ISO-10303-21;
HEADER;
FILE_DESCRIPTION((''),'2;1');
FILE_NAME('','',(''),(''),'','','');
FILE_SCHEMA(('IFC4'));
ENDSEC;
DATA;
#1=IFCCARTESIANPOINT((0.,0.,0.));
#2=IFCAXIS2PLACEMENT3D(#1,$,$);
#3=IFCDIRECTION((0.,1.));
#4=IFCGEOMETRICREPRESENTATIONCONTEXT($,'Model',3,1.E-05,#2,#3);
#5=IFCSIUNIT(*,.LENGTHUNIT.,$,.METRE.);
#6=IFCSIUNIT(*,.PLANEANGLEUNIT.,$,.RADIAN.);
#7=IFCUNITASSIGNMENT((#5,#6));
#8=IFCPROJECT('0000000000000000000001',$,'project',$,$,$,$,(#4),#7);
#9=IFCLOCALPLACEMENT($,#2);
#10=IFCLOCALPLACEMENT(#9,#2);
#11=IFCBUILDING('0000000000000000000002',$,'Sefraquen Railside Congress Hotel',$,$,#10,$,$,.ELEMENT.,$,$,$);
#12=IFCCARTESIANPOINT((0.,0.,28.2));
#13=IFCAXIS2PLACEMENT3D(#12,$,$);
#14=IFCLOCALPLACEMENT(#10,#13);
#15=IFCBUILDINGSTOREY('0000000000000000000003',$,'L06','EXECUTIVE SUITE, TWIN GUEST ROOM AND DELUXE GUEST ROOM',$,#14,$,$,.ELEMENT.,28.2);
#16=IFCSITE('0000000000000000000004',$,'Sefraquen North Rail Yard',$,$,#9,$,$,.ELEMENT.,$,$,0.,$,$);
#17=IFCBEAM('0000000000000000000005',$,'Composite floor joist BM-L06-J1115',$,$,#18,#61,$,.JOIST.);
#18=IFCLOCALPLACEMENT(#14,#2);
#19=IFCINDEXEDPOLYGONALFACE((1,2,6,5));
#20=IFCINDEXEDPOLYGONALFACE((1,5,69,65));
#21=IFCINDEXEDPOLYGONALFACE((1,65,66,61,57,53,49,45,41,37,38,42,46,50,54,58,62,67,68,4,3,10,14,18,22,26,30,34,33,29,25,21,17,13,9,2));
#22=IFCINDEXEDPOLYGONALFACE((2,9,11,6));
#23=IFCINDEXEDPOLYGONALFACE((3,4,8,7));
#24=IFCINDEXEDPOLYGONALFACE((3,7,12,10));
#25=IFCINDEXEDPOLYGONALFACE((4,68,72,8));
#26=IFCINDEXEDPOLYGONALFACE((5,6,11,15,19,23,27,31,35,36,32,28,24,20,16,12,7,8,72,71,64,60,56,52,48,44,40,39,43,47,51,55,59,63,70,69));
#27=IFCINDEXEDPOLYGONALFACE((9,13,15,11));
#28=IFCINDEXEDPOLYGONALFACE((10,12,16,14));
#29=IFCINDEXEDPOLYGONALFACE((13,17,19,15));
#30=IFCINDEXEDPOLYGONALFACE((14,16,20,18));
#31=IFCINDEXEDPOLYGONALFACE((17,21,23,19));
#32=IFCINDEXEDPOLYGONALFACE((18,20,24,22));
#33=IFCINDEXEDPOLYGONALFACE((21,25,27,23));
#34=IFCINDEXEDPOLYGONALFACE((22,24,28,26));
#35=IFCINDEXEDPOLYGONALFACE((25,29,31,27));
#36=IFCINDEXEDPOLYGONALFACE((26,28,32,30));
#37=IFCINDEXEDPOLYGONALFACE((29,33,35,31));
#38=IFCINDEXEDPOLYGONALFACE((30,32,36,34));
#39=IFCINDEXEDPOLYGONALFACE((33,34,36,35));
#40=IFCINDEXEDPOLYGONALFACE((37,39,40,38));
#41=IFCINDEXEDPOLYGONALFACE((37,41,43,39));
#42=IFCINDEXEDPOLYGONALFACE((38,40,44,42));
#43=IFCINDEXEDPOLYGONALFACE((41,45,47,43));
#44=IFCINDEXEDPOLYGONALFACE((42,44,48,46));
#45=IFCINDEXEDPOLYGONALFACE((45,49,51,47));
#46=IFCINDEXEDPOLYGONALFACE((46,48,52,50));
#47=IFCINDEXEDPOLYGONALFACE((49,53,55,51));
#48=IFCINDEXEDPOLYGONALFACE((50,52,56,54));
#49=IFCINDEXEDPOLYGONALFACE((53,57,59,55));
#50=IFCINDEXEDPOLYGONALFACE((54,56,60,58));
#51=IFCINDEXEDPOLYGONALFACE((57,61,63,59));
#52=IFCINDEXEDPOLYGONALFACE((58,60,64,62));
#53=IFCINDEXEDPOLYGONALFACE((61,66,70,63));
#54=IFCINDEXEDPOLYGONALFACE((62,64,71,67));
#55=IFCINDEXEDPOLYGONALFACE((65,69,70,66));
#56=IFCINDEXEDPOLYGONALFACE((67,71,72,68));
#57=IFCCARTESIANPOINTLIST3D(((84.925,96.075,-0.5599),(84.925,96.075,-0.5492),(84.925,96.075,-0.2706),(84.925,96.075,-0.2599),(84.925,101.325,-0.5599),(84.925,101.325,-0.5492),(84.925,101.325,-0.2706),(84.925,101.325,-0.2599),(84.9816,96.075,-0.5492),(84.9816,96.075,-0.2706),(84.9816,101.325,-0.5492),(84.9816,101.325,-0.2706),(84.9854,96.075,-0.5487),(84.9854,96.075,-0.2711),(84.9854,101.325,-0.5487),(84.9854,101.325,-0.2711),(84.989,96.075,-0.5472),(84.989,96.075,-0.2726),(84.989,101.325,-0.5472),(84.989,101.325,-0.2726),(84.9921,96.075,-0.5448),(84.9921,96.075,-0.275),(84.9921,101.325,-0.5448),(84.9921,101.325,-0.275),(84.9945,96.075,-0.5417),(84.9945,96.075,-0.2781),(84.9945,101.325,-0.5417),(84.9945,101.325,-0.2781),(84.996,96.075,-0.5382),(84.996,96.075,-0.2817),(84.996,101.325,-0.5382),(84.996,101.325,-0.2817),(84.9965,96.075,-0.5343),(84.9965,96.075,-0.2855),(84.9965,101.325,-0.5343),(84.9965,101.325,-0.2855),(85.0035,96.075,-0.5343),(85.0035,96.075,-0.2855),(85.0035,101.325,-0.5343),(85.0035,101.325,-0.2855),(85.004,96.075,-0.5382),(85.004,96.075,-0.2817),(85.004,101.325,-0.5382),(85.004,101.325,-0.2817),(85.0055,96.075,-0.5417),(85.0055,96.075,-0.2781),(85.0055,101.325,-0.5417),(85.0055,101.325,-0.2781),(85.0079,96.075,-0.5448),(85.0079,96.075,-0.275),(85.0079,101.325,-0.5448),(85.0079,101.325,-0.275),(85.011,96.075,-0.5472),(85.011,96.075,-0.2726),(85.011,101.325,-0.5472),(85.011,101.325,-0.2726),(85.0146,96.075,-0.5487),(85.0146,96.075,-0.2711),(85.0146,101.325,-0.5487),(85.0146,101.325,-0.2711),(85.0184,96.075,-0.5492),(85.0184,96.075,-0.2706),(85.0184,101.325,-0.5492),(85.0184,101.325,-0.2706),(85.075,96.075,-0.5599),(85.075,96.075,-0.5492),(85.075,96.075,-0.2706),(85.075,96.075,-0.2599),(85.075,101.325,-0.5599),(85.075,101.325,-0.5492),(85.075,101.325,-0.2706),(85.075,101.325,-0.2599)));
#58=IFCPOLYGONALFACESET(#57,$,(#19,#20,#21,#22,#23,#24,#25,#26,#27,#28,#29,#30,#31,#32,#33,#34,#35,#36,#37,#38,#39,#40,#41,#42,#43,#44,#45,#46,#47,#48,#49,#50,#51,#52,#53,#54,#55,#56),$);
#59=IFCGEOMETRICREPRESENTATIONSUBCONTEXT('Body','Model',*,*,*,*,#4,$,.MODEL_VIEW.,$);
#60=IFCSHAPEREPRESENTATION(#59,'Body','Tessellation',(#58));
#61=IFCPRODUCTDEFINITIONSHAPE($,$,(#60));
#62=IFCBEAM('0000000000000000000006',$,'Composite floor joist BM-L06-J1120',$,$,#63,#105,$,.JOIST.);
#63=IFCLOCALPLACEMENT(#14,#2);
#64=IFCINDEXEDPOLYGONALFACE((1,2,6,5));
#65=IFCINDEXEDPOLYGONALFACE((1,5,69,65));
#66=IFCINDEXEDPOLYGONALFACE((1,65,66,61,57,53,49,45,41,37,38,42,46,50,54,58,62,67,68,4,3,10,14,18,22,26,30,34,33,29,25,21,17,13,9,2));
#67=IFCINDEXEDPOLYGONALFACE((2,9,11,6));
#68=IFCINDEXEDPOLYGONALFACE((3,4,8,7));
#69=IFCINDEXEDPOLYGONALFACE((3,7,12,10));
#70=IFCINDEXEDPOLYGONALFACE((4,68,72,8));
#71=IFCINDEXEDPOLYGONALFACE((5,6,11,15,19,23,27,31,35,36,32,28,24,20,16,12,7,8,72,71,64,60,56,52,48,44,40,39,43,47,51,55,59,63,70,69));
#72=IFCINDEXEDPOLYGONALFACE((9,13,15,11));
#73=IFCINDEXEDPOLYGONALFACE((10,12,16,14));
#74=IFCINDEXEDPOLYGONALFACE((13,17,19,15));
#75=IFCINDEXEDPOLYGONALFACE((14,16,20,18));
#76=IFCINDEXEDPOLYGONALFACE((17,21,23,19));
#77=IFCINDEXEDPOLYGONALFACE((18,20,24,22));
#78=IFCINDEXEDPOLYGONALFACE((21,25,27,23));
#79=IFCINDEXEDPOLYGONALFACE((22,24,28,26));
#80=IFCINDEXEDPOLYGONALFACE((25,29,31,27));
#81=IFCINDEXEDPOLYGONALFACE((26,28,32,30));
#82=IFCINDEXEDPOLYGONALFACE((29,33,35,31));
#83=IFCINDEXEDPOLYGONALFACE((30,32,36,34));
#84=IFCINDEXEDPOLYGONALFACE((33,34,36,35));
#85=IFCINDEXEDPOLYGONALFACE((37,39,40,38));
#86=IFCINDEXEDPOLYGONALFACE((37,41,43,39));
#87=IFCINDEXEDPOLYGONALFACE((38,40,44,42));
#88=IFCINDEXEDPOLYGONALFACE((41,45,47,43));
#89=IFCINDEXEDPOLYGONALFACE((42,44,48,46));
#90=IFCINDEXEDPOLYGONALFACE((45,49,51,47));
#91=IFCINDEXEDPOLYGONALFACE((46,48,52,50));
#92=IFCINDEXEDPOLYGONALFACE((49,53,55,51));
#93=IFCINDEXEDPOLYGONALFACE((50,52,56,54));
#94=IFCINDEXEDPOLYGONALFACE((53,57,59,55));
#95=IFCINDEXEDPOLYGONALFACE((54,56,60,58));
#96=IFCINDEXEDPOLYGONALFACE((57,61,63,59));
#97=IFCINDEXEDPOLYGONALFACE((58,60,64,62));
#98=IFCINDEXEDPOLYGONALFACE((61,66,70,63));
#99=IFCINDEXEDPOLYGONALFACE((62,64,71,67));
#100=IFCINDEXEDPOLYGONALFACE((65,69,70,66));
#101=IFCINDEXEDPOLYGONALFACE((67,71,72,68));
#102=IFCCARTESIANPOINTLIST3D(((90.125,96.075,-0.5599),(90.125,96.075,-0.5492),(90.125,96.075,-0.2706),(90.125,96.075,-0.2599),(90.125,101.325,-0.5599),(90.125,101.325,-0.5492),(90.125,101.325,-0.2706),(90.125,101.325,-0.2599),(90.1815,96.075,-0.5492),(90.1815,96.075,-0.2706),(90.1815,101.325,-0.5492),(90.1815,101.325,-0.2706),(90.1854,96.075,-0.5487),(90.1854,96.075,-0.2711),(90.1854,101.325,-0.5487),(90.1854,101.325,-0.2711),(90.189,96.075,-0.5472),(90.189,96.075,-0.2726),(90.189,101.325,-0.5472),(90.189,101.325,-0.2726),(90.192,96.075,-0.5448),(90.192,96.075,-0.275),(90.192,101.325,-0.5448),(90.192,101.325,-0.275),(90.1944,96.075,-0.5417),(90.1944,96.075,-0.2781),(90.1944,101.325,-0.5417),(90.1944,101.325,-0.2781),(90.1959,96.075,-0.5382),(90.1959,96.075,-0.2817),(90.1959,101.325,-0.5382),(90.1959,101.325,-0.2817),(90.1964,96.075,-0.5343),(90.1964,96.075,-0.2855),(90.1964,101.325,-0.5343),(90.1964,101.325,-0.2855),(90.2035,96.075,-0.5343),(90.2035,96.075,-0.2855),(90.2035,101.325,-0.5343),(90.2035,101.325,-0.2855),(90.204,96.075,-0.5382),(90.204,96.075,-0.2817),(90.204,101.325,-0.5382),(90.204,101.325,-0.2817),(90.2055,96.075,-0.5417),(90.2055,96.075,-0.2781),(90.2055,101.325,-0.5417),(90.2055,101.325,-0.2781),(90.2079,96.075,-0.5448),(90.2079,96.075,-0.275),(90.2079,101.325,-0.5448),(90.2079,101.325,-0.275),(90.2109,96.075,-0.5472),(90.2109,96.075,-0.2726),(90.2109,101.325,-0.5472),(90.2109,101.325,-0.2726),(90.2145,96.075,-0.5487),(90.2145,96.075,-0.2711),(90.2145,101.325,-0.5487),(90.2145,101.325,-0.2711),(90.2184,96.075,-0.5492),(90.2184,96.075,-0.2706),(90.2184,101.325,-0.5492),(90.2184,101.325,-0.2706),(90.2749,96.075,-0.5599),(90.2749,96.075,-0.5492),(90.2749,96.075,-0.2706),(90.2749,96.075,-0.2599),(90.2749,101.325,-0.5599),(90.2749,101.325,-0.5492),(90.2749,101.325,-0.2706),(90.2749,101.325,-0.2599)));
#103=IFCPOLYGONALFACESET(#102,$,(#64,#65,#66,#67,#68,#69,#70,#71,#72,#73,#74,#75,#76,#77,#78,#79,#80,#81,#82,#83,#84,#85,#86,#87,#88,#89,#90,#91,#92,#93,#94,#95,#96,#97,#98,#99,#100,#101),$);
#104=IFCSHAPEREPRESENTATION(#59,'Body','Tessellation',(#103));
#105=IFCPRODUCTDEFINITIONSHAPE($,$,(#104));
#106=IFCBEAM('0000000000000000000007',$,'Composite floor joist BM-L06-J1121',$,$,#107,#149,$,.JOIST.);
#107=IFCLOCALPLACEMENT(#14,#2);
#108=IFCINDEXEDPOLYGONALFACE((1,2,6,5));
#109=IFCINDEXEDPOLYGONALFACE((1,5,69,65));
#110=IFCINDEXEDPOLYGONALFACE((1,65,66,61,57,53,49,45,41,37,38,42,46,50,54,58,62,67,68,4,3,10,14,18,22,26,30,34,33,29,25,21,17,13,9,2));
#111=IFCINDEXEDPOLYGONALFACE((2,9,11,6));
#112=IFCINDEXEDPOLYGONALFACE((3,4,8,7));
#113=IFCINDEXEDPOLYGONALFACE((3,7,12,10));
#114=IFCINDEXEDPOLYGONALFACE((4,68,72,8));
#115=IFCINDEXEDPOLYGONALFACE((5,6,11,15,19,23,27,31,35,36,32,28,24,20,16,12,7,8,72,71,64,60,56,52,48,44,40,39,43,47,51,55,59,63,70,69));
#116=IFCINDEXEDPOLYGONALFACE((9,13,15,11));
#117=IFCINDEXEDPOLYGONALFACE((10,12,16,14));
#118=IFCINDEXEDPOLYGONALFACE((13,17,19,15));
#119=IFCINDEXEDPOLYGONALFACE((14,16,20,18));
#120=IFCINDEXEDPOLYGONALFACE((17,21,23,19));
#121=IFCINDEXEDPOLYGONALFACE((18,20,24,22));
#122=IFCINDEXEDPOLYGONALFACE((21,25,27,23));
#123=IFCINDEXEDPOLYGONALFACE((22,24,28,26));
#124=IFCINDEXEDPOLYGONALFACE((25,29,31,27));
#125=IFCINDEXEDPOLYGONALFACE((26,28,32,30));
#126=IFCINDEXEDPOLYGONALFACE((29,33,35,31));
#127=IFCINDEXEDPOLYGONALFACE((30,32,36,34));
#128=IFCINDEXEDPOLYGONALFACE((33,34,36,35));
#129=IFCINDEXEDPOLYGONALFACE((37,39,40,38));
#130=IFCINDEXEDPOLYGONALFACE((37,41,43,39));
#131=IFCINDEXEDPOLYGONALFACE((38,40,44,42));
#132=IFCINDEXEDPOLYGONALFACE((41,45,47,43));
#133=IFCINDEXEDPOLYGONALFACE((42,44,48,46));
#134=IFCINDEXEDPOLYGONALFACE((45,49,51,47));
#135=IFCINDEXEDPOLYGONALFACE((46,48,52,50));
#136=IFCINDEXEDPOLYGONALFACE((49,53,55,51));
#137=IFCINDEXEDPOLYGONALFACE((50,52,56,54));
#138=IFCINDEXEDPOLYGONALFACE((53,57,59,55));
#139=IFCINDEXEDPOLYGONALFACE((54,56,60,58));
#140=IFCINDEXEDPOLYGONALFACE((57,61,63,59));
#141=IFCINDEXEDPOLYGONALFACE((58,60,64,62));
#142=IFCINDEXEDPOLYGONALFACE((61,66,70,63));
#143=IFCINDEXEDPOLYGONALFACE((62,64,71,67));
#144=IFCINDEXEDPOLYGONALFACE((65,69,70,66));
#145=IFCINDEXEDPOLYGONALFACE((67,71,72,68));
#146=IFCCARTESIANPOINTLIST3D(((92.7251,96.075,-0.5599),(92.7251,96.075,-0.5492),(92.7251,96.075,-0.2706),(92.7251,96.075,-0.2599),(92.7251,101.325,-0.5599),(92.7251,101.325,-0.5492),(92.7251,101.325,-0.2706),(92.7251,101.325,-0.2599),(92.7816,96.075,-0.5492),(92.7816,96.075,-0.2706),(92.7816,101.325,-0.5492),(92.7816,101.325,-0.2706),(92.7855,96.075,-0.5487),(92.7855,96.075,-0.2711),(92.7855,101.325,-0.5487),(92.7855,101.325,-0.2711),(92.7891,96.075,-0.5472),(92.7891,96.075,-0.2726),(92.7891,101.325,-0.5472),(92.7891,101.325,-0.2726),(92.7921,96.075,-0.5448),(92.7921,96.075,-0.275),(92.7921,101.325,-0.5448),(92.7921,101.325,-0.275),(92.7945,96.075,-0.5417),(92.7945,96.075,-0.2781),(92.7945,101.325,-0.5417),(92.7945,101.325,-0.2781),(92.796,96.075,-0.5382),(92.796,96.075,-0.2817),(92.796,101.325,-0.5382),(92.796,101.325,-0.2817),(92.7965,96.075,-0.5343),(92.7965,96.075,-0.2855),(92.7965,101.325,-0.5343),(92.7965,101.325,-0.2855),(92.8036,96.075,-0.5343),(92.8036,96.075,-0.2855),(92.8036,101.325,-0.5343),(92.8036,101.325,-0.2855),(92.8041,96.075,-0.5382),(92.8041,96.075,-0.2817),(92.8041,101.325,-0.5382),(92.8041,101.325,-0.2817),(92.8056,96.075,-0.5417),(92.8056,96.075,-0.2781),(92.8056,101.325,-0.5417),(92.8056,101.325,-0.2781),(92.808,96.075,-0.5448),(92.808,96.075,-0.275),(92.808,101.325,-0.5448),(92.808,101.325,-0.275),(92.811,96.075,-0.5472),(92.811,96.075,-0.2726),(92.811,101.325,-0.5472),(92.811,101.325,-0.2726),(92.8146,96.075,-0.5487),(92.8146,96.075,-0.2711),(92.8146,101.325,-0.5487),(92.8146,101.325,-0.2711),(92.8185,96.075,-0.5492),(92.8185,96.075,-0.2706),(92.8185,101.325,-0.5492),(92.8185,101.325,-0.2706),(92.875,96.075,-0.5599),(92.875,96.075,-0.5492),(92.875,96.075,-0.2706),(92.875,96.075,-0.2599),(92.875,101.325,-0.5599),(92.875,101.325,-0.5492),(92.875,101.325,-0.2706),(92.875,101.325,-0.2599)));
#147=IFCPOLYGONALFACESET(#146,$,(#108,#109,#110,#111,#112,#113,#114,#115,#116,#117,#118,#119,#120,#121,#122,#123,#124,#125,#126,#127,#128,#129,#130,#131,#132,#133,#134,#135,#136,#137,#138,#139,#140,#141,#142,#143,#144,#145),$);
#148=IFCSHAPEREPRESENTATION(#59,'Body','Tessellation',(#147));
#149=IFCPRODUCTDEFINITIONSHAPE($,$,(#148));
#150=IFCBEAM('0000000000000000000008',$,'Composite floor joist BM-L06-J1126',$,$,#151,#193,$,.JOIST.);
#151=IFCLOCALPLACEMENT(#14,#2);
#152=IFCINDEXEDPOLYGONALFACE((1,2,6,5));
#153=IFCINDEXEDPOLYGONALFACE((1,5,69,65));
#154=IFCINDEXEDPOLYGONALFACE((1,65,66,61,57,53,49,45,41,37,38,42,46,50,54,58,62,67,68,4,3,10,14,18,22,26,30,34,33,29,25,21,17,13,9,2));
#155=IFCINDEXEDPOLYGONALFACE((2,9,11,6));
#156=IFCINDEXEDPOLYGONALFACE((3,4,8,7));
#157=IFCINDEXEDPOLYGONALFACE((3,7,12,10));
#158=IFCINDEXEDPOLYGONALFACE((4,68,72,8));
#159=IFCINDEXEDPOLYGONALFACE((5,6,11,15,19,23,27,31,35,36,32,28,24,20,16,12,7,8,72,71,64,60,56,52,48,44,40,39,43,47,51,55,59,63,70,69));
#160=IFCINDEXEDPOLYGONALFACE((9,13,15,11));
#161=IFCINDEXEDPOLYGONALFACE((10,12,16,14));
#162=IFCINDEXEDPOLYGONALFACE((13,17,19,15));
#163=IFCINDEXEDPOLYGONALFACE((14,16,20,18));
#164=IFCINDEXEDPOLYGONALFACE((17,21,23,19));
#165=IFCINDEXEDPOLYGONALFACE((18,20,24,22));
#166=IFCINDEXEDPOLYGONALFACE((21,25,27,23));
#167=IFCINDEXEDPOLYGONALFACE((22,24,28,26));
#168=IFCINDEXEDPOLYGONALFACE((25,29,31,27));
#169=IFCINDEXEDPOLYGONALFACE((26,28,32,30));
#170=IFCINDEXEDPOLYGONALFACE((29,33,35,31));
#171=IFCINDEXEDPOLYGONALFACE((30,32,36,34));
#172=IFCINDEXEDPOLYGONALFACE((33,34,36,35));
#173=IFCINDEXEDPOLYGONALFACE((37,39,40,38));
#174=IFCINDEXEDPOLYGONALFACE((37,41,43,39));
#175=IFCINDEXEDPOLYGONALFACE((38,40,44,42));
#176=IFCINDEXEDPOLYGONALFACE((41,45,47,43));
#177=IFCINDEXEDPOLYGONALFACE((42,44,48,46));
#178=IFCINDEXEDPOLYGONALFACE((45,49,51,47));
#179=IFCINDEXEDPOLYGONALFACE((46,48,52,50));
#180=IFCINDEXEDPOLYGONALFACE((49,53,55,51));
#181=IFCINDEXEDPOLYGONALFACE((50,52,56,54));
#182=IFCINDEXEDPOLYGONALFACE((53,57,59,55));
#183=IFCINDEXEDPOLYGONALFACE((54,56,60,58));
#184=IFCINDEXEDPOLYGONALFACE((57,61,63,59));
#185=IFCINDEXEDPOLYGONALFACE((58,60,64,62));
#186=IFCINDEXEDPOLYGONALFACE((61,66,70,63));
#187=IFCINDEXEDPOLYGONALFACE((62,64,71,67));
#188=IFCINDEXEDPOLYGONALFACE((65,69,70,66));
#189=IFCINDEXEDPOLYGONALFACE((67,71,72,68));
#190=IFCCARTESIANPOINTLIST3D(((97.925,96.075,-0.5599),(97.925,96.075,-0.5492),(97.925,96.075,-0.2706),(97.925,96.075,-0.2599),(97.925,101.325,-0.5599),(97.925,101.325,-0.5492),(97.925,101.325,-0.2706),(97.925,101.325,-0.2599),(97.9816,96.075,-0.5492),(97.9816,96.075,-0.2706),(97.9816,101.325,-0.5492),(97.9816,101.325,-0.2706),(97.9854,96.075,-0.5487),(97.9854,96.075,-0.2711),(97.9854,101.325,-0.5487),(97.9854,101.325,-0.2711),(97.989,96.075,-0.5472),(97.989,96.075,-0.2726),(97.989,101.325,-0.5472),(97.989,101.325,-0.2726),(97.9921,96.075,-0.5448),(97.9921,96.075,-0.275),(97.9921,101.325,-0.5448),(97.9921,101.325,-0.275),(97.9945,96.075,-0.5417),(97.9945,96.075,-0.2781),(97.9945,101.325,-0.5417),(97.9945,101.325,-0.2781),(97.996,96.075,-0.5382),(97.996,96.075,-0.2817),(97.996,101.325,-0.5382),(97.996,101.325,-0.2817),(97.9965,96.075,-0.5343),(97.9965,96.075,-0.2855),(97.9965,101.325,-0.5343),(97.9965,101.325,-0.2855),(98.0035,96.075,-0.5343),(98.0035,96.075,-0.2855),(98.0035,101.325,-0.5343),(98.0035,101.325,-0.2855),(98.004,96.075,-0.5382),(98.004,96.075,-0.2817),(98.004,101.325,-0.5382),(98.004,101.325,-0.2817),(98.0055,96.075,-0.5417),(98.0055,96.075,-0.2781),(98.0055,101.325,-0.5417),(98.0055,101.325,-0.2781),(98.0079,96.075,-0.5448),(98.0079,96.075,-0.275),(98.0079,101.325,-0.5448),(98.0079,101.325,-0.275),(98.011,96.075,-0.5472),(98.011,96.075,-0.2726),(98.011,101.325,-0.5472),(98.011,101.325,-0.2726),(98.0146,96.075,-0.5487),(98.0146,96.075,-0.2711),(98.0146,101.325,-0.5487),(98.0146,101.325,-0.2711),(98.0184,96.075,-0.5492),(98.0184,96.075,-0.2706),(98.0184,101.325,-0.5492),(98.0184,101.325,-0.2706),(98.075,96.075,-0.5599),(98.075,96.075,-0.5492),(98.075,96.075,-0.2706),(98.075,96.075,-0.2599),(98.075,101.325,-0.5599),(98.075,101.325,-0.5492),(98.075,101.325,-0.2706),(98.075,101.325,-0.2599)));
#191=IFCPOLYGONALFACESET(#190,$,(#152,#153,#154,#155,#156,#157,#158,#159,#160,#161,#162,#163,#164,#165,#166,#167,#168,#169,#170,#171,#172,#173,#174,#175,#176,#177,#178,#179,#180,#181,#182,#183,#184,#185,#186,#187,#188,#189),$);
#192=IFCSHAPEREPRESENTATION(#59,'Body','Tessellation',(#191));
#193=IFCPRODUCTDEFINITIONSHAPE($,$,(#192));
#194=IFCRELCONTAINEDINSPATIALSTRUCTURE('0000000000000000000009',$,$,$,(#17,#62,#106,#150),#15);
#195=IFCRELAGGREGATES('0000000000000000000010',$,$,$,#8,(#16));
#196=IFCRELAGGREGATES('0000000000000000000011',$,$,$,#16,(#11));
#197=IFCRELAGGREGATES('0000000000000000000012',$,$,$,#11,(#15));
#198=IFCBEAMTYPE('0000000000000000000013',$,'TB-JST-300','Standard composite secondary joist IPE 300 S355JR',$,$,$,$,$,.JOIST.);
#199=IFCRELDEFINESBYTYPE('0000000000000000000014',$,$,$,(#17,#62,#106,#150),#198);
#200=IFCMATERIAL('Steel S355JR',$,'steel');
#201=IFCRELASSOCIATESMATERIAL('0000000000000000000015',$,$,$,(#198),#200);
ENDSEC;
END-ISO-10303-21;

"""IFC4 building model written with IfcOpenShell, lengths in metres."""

from ifc_helpers import new_model, si_unit, direction, frame, origin, origin_2d, place, context, subcontext, project, spatial, i_section, extrude, material, material_profile, profile_set, type_object, element, save


model = new_model("IFC4")

# Units and contexts
model_context = context("Model", 3, precision=1e-05, world=origin(), true_north=direction((0.0, 1.0)))
body_context = subcontext(model_context, "Body", "Model", "MODEL_VIEW")
ifc_project = project(units=[si_unit("LENGTHUNIT", "METRE"), si_unit("PLANEANGLEUNIT", "RADIAN")], contexts=[model_context])

# Site, building, storey
site_placement = place(None, origin())
site = spatial("IfcSite", under=ifc_project, at=site_placement, Name="Sefraquen North Rail Yard", CompositionType="ELEMENT", RefElevation=0.0)
building_placement = place(site_placement, origin())
building = spatial("IfcBuilding", under=site, at=building_placement, Name="Sefraquen Railside Congress Hotel", CompositionType="ELEMENT")
storey_placement = place(building_placement, frame((0.0, 0.0, 28.2)))
storey = spatial("IfcBuildingStorey", under=building, at=storey_placement, Name="L06", Description="EXECUTIVE SUITE, TWIN GUEST ROOM AND DELUXE GUEST ROOM", CompositionType="ELEMENT", Elevation=28.2)

# Shared definitions
ifc_material_1 = material(Name="Steel S355JR", Category="steel")

# Beams
ifc_material_profile_1 = material_profile(ifc_material_1, i_section(OverallWidth=0.1499, OverallDepth=0.3, WebThickness=0.0071, FlangeThickness=0.0107, FilletRadius=0.0149, at=origin_2d()), Name="IPE 300")
ifc_profile_set_1 = profile_set([ifc_material_profile_1], Name="Steel S355JR")
beam_type_1 = type_object("IfcBeamType", Name="TB-JST-300", Description="Standard composite secondary joist IPE 300 S355JR", PredefinedType="JOIST", material=ifc_profile_set_1)
for number, where, z_axis, x_axis, name in (
    (1, (85.0, 96.075, -0.4099), (0.0, 1.0, 0.0), (-1.0, 0.0, 0.0), "Composite floor joist BM-L06-J1115"),
    (2, (90.2, 96.075, -0.4099), (0.0, 1.0, 0.0), (-1.0, 0.0, 0.0), "Composite floor joist BM-L06-J1120"),
    (3, (92.8, 96.075, -0.4099), (0.0, 1.0, 0.0), (-1.0, 0.0, 0.0), "Composite floor joist BM-L06-J1121"),
    (4, (98.0, 96.075, -0.4099), (0.0, 1.0, 0.0), (-1.0, 0.0, 0.0), "Composite floor joist BM-L06-J1126"),
):
    element("IfcBeam", number, at=place(storey_placement, frame(where, z_axis=z_axis, x_axis=x_axis)), inside=storey, type_object=beam_type_1, Name=name, PredefinedType="JOIST", context=body_context, shape_type="SweptSolid", body=[
        extrude(i_section(OverallWidth=0.1499, OverallDepth=0.3, WebThickness=0.0071, FlangeThickness=0.0107, FilletRadius=0.0149, at=origin_2d()), origin(), (0.0, 0.0, 1.0), 5.25),
    ])

save(model, "model.ifc")
